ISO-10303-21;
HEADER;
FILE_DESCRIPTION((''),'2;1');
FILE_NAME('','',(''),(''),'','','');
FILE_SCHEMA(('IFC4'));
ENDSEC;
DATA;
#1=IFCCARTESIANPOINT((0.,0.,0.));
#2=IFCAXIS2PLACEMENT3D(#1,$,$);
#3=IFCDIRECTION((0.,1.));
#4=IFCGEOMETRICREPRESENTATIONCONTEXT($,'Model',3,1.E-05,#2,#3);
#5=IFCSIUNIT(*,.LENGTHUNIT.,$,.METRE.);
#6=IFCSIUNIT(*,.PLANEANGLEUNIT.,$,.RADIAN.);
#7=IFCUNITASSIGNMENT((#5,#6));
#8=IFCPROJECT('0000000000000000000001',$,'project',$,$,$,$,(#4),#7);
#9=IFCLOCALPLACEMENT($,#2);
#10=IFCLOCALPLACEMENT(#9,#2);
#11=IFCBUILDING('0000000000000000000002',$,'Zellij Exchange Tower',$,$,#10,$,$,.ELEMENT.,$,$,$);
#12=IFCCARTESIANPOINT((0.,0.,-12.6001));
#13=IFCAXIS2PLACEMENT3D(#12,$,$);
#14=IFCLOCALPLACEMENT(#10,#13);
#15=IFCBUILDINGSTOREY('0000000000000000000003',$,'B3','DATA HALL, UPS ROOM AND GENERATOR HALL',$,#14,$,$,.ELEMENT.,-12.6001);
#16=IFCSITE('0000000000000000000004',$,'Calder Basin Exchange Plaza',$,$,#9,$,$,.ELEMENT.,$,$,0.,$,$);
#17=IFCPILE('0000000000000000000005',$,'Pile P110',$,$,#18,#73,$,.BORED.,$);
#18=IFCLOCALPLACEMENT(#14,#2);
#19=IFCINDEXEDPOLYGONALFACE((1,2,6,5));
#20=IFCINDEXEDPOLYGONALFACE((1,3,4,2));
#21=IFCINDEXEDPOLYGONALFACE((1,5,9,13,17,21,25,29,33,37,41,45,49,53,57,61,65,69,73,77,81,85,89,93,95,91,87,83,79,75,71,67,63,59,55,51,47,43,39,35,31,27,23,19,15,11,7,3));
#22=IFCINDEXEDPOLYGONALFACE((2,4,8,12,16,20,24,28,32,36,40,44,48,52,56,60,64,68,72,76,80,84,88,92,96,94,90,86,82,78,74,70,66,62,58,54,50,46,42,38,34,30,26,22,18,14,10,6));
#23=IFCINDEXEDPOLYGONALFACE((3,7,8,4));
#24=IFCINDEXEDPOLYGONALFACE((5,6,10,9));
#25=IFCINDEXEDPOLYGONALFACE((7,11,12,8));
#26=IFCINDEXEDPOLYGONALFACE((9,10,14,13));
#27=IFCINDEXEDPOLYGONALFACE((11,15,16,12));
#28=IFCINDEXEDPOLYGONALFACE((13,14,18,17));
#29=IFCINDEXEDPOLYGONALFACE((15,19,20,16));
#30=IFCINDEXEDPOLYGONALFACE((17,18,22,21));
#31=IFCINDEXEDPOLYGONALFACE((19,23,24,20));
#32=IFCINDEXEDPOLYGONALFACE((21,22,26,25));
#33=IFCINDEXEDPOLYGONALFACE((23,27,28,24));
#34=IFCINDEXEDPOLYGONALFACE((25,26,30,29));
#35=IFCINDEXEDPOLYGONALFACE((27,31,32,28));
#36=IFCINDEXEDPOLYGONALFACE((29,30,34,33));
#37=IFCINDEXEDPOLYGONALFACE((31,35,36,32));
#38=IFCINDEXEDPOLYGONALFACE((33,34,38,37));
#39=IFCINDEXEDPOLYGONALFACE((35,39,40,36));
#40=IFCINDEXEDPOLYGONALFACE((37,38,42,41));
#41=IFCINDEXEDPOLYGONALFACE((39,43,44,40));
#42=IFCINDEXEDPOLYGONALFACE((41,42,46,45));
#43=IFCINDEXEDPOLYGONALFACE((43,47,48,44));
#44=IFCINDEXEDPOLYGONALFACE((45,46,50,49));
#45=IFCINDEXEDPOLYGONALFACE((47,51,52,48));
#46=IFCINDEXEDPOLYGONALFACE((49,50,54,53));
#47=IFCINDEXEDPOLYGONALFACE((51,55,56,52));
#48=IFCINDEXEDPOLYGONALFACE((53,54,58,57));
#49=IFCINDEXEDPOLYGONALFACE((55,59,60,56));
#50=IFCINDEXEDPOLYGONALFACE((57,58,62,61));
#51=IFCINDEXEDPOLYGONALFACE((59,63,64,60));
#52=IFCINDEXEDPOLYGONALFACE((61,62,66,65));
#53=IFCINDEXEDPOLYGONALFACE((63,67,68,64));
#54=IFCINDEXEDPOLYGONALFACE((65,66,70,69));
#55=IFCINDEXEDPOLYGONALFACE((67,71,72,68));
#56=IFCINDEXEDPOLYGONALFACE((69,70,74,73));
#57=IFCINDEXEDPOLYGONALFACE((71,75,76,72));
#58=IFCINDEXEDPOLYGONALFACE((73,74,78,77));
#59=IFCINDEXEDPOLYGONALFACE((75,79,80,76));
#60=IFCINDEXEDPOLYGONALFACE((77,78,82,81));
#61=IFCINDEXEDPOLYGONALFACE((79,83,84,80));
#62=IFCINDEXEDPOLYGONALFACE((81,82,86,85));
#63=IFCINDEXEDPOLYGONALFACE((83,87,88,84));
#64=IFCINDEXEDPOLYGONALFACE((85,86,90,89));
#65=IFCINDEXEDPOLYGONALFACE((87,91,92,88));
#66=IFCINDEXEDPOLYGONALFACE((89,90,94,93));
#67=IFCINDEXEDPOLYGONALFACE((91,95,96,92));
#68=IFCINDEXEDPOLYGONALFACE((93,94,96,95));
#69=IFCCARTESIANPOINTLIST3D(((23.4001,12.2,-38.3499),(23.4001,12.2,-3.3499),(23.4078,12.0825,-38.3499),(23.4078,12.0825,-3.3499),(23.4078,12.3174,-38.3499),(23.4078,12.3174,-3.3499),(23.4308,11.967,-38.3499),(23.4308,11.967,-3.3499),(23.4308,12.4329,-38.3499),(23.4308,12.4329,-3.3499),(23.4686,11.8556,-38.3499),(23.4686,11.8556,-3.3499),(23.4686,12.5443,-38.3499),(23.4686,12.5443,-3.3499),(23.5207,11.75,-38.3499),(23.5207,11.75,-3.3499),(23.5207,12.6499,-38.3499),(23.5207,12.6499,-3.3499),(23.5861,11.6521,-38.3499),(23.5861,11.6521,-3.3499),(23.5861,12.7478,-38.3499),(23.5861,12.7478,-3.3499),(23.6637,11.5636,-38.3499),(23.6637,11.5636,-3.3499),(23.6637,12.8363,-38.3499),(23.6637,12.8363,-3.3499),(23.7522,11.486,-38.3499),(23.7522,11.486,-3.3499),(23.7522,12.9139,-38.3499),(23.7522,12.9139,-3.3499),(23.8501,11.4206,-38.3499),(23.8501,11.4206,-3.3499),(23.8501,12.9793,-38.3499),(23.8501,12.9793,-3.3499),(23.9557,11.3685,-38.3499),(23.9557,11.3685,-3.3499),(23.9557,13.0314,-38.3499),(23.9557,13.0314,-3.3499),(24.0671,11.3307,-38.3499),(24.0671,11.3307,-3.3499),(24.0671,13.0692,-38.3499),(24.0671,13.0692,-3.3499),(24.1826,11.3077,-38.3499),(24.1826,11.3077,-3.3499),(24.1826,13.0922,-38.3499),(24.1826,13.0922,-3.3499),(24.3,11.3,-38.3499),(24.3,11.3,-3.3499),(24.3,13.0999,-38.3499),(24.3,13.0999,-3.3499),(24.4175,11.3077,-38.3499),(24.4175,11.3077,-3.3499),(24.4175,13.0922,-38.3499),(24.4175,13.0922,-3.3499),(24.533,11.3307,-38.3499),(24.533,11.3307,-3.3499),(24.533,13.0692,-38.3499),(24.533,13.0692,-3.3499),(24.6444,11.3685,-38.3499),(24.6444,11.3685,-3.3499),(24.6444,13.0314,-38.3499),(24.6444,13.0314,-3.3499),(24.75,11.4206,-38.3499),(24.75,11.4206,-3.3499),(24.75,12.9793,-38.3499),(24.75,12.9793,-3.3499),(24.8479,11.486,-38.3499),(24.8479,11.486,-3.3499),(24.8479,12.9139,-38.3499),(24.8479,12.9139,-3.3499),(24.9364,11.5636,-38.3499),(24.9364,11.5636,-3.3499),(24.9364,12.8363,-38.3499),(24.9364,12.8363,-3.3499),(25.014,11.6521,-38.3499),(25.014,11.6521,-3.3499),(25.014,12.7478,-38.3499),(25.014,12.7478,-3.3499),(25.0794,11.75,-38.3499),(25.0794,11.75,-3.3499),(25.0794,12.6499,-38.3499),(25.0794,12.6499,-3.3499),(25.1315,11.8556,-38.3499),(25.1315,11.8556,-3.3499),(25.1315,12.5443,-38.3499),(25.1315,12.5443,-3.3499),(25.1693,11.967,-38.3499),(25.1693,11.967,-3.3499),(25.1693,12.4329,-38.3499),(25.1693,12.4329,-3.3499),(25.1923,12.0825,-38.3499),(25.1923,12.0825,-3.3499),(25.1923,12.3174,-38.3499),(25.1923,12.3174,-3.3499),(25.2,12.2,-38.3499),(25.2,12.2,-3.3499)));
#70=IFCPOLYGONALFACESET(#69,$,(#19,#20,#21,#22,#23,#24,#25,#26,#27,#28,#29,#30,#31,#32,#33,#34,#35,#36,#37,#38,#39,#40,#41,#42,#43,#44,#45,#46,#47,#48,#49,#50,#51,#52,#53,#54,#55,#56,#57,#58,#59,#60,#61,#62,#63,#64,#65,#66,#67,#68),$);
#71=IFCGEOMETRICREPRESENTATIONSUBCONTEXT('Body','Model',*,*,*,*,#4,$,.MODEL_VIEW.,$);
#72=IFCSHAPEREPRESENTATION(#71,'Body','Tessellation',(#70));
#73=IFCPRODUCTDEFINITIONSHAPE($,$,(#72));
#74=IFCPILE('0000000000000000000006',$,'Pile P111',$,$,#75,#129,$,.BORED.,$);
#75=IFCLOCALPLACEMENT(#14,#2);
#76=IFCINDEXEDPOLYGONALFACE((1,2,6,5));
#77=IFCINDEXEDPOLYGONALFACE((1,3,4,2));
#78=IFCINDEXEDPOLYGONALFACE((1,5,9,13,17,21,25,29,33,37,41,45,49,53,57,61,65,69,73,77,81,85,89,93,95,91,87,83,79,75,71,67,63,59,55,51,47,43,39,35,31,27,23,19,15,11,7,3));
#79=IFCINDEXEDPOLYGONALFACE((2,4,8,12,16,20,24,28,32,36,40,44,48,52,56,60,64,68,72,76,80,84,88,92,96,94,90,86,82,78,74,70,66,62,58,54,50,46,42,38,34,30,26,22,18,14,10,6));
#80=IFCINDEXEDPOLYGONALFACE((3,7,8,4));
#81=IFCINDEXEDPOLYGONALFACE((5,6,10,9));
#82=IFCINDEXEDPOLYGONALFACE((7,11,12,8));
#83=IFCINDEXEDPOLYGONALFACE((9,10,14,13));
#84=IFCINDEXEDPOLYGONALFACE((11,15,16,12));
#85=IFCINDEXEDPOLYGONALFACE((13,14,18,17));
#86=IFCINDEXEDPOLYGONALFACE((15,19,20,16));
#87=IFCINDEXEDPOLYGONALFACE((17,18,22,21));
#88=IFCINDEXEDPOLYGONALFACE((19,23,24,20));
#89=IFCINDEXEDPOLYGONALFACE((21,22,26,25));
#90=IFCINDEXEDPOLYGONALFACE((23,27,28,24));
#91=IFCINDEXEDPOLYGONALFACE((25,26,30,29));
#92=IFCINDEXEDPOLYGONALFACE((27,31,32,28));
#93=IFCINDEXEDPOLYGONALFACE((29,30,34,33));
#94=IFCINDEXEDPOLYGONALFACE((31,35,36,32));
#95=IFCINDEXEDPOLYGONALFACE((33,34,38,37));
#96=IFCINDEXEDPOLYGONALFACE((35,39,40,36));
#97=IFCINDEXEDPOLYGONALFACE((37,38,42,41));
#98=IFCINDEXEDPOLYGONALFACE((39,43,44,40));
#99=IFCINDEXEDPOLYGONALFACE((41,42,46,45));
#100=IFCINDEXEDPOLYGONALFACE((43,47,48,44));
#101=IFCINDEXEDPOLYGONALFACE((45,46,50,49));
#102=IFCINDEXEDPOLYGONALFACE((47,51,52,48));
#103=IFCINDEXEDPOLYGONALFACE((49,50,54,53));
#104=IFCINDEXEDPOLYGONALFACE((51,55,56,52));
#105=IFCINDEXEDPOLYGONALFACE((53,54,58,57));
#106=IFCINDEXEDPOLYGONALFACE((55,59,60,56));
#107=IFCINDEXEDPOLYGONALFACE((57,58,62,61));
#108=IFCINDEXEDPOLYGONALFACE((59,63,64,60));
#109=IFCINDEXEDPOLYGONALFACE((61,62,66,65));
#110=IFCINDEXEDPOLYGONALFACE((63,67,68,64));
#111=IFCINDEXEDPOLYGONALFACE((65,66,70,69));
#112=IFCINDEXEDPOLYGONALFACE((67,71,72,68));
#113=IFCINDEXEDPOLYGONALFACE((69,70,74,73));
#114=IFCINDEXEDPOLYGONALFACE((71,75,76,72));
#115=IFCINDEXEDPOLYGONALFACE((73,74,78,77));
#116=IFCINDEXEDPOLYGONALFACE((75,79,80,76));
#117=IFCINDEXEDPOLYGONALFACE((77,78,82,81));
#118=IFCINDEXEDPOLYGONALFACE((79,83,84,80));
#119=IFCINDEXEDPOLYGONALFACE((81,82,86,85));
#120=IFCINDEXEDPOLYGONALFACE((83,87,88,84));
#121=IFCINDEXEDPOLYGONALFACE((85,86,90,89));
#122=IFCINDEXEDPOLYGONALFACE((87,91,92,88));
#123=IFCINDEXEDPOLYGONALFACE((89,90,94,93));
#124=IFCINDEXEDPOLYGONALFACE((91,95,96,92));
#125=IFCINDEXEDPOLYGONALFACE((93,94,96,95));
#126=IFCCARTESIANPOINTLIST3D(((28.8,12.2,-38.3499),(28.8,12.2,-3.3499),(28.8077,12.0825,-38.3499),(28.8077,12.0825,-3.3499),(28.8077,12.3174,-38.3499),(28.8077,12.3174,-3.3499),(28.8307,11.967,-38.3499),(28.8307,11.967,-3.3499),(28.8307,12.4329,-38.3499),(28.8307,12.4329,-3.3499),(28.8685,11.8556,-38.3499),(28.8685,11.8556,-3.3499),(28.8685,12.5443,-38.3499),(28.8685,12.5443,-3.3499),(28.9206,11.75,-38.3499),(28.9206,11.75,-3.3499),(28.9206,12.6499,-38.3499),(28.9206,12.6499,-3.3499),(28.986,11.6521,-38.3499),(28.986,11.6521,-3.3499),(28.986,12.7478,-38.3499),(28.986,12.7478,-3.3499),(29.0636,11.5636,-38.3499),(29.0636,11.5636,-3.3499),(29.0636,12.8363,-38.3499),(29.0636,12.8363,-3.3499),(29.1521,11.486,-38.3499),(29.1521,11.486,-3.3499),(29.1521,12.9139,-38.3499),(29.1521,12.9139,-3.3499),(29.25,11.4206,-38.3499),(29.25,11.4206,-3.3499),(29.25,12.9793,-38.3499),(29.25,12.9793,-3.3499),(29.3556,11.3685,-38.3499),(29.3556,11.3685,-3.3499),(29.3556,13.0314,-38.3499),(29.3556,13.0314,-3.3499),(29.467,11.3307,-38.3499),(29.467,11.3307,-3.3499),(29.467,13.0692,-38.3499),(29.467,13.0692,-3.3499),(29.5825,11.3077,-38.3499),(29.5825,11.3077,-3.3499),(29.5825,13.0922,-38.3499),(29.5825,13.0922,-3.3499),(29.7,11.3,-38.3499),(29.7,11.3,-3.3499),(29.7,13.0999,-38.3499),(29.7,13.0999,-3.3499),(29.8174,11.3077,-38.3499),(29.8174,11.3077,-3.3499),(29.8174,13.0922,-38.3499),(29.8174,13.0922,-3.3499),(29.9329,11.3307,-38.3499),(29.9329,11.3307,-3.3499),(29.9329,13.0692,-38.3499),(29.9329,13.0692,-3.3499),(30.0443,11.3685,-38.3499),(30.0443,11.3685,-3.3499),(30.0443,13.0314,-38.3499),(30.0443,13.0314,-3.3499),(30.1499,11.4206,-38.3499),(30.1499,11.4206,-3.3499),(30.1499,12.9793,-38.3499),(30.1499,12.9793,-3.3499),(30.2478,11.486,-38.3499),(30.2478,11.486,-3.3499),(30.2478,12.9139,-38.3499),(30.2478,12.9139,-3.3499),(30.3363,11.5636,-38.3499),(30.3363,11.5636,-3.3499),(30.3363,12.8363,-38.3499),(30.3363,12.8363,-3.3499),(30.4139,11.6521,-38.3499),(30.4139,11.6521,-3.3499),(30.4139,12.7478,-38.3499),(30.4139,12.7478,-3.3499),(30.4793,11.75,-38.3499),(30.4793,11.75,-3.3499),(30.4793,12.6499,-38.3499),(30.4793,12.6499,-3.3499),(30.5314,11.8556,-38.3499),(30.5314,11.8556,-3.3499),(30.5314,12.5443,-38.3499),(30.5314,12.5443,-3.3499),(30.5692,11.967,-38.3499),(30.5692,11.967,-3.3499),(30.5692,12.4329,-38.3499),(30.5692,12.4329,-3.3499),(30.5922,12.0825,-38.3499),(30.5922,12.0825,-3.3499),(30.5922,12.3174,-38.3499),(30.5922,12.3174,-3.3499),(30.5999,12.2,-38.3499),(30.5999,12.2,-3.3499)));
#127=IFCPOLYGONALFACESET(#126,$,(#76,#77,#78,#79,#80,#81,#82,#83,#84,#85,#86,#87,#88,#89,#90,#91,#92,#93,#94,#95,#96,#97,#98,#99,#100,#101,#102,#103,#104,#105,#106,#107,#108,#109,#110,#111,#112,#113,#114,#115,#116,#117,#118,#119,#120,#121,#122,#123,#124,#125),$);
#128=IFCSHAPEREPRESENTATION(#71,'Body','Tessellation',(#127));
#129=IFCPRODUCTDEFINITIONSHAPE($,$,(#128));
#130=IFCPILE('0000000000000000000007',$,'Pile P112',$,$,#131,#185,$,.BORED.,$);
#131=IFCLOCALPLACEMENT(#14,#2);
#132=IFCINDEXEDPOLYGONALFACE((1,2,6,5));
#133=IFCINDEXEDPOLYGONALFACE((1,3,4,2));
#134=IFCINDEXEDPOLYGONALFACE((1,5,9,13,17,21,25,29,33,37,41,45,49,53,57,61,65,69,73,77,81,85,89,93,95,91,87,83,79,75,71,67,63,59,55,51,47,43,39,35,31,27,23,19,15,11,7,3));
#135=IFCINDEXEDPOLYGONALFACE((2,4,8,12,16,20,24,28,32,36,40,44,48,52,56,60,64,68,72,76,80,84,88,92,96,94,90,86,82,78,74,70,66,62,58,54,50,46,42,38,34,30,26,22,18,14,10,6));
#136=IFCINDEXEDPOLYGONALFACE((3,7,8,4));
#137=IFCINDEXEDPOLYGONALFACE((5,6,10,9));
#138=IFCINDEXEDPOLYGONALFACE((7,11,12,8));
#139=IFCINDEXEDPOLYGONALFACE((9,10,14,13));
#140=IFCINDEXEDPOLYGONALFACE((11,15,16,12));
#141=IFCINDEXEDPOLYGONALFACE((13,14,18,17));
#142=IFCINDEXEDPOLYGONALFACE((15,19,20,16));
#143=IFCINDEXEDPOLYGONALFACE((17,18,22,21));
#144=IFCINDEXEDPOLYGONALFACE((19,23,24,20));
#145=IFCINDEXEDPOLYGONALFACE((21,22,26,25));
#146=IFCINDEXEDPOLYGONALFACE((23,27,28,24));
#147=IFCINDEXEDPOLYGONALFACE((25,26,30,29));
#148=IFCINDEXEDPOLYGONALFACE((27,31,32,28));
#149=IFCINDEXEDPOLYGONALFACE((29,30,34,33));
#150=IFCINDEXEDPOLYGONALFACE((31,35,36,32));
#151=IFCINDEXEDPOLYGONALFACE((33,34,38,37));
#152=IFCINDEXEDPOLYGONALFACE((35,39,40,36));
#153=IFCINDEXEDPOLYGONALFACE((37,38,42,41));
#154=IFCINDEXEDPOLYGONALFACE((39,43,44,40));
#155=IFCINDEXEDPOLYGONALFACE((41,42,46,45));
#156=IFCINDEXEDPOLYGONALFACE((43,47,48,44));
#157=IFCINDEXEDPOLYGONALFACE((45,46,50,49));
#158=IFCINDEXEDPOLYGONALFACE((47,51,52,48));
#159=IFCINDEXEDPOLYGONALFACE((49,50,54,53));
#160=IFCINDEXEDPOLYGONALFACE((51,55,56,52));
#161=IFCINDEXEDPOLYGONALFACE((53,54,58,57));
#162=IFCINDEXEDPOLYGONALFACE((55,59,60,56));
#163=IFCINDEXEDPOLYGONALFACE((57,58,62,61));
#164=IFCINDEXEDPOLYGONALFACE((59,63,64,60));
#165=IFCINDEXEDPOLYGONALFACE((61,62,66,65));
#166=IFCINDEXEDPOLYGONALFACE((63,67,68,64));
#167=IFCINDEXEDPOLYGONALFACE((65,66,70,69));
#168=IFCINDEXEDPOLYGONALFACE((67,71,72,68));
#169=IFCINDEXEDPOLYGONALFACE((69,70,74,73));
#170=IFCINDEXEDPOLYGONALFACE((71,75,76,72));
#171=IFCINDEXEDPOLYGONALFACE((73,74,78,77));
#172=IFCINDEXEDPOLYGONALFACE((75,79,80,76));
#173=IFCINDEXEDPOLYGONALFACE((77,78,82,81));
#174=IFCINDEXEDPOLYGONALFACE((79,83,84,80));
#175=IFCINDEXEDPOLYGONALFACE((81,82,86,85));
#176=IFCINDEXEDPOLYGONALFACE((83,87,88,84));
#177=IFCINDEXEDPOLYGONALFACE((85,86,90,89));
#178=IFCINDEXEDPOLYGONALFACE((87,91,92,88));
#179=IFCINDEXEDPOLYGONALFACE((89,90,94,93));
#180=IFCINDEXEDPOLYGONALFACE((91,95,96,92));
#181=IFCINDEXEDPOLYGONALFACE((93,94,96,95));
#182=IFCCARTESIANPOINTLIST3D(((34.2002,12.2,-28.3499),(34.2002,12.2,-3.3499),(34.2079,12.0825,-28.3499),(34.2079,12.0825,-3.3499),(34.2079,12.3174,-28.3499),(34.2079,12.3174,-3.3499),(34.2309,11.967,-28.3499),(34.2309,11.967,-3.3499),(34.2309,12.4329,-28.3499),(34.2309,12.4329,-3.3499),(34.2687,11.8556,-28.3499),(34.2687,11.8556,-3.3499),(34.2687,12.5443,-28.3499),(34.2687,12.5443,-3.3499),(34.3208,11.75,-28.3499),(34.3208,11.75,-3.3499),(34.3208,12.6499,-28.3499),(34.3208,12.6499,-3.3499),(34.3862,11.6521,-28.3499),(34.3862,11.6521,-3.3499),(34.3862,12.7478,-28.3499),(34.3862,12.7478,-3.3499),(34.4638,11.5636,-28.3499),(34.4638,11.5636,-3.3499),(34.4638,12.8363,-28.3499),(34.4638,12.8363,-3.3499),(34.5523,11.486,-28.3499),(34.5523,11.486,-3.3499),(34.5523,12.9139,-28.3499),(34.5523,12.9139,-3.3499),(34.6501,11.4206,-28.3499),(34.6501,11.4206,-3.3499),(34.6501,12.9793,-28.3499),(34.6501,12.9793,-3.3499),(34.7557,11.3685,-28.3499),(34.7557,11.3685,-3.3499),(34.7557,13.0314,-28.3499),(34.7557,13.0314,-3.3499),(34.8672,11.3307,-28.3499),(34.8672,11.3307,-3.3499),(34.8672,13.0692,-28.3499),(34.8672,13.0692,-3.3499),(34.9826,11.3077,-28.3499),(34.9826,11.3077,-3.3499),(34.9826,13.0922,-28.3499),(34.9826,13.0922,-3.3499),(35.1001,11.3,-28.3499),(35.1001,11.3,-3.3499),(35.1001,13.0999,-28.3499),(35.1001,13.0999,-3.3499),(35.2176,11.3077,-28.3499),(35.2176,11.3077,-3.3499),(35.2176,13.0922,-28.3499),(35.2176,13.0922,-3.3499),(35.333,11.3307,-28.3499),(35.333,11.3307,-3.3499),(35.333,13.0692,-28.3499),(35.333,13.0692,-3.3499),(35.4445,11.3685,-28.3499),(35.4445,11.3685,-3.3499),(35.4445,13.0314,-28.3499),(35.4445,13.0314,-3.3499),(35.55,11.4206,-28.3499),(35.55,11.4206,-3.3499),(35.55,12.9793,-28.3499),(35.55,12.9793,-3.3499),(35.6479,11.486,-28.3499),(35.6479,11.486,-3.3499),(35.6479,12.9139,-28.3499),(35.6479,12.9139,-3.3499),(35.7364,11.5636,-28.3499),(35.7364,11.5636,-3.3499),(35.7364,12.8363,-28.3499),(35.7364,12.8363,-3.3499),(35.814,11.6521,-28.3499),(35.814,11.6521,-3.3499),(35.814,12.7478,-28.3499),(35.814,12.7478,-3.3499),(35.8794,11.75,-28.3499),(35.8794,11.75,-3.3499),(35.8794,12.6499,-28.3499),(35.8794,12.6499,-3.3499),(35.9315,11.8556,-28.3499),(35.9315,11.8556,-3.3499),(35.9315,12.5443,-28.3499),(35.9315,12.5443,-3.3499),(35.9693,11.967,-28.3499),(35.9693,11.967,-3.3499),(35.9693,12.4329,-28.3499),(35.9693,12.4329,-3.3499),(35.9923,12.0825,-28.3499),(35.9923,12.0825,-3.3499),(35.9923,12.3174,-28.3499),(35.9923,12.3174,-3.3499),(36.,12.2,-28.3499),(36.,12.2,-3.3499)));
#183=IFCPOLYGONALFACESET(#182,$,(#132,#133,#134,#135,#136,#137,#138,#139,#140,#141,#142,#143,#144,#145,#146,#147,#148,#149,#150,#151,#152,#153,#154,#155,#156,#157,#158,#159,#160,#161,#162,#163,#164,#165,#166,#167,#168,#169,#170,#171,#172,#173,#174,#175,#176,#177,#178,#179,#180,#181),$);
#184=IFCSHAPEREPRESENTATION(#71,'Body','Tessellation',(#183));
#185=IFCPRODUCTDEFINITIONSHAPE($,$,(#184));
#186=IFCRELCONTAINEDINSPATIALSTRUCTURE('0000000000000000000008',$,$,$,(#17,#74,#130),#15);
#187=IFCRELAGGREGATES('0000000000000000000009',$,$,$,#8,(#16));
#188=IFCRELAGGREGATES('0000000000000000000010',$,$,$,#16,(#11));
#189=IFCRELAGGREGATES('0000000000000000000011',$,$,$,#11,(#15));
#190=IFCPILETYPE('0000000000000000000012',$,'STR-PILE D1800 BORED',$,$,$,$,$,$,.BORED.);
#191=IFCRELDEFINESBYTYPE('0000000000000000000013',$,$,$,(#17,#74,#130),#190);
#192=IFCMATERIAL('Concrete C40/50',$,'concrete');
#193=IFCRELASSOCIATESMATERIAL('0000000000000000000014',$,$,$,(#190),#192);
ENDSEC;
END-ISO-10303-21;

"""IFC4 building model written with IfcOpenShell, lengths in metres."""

from ifc_helpers import new_model, si_unit, direction, frame, origin, origin_2d, place, context, subcontext, project, spatial, circle, extrude, material, material_profile, profile_set, type_object, element, save


model = new_model("IFC4")

# Units and contexts
model_context = context("Model", 3, precision=1e-05, world=origin(), true_north=direction((0.0, 1.0)))
body_context = subcontext(model_context, "Body", "Model", "MODEL_VIEW")
ifc_project = project(units=[si_unit("LENGTHUNIT", "METRE"), si_unit("PLANEANGLEUNIT", "RADIAN")], contexts=[model_context])

# Site, building, storey
site_placement = place(None, origin())
site = spatial("IfcSite", under=ifc_project, at=site_placement, Name="Calder Basin Exchange Plaza", CompositionType="ELEMENT", RefElevation=0.0)
building_placement = place(site_placement, origin())
building = spatial("IfcBuilding", under=site, at=building_placement, Name="Zellij Exchange Tower", CompositionType="ELEMENT")
storey_placement = place(building_placement, frame((0.0, 0.0, -12.6001)))
storey = spatial("IfcBuildingStorey", under=building, at=storey_placement, Name="B3", Description="DATA HALL, UPS ROOM AND GENERATOR HALL", CompositionType="ELEMENT", Elevation=-12.6001)

# Piles
ifc_material_1 = material(Name="Concrete C40/50", Category="concrete")
ifc_material_profile_1 = material_profile(ifc_material_1, circle(Radius=0.8999, at=origin_2d()), Name="STR-PILE D1800 BORED")
ifc_profile_set_1 = profile_set([ifc_material_profile_1], Name="Concrete C40/50")
pile_type = type_object("IfcPileType", Name="STR-PILE D1800 BORED", PredefinedType="BORED", material=ifc_profile_set_1)
for number, where, z_axis, x_axis, name in (
    (1, (24.3, 12.2, -3.3499), (0.0, 0.0, -1.0), (1.0, 0.0, 0.0), "Pile P110"),
    (2, (29.7, 12.2, -3.3499), (0.0, 0.0, -1.0), (1.0, 0.0, 0.0), "Pile P111"),
):
    element("IfcPile", number, at=place(storey_placement, frame(where, z_axis=z_axis, x_axis=x_axis)), inside=storey, type_object=pile_type, Name=name, PredefinedType="BORED", context=body_context, shape_type="SweptSolid", body=[
        extrude(circle(Radius=0.8999, at=origin_2d()), origin(), (0.0, 0.0, 1.0), 35.0),
    ])
for number, where, z_axis, x_axis, name in (
    (3, (35.1001, 12.2, -3.3499), (0.0, 0.0, -1.0), (1.0, 0.0, 0.0), "Pile P112"),
):
    element("IfcPile", number, at=place(storey_placement, frame(where, z_axis=z_axis, x_axis=x_axis)), inside=storey, type_object=pile_type, Name=name, PredefinedType="BORED", context=body_context, shape_type="SweptSolid", body=[
        extrude(circle(Radius=0.8999, at=origin_2d()), origin(), (0.0, 0.0, 1.0), 25.0),
    ])

save(model, "model.ifc")
